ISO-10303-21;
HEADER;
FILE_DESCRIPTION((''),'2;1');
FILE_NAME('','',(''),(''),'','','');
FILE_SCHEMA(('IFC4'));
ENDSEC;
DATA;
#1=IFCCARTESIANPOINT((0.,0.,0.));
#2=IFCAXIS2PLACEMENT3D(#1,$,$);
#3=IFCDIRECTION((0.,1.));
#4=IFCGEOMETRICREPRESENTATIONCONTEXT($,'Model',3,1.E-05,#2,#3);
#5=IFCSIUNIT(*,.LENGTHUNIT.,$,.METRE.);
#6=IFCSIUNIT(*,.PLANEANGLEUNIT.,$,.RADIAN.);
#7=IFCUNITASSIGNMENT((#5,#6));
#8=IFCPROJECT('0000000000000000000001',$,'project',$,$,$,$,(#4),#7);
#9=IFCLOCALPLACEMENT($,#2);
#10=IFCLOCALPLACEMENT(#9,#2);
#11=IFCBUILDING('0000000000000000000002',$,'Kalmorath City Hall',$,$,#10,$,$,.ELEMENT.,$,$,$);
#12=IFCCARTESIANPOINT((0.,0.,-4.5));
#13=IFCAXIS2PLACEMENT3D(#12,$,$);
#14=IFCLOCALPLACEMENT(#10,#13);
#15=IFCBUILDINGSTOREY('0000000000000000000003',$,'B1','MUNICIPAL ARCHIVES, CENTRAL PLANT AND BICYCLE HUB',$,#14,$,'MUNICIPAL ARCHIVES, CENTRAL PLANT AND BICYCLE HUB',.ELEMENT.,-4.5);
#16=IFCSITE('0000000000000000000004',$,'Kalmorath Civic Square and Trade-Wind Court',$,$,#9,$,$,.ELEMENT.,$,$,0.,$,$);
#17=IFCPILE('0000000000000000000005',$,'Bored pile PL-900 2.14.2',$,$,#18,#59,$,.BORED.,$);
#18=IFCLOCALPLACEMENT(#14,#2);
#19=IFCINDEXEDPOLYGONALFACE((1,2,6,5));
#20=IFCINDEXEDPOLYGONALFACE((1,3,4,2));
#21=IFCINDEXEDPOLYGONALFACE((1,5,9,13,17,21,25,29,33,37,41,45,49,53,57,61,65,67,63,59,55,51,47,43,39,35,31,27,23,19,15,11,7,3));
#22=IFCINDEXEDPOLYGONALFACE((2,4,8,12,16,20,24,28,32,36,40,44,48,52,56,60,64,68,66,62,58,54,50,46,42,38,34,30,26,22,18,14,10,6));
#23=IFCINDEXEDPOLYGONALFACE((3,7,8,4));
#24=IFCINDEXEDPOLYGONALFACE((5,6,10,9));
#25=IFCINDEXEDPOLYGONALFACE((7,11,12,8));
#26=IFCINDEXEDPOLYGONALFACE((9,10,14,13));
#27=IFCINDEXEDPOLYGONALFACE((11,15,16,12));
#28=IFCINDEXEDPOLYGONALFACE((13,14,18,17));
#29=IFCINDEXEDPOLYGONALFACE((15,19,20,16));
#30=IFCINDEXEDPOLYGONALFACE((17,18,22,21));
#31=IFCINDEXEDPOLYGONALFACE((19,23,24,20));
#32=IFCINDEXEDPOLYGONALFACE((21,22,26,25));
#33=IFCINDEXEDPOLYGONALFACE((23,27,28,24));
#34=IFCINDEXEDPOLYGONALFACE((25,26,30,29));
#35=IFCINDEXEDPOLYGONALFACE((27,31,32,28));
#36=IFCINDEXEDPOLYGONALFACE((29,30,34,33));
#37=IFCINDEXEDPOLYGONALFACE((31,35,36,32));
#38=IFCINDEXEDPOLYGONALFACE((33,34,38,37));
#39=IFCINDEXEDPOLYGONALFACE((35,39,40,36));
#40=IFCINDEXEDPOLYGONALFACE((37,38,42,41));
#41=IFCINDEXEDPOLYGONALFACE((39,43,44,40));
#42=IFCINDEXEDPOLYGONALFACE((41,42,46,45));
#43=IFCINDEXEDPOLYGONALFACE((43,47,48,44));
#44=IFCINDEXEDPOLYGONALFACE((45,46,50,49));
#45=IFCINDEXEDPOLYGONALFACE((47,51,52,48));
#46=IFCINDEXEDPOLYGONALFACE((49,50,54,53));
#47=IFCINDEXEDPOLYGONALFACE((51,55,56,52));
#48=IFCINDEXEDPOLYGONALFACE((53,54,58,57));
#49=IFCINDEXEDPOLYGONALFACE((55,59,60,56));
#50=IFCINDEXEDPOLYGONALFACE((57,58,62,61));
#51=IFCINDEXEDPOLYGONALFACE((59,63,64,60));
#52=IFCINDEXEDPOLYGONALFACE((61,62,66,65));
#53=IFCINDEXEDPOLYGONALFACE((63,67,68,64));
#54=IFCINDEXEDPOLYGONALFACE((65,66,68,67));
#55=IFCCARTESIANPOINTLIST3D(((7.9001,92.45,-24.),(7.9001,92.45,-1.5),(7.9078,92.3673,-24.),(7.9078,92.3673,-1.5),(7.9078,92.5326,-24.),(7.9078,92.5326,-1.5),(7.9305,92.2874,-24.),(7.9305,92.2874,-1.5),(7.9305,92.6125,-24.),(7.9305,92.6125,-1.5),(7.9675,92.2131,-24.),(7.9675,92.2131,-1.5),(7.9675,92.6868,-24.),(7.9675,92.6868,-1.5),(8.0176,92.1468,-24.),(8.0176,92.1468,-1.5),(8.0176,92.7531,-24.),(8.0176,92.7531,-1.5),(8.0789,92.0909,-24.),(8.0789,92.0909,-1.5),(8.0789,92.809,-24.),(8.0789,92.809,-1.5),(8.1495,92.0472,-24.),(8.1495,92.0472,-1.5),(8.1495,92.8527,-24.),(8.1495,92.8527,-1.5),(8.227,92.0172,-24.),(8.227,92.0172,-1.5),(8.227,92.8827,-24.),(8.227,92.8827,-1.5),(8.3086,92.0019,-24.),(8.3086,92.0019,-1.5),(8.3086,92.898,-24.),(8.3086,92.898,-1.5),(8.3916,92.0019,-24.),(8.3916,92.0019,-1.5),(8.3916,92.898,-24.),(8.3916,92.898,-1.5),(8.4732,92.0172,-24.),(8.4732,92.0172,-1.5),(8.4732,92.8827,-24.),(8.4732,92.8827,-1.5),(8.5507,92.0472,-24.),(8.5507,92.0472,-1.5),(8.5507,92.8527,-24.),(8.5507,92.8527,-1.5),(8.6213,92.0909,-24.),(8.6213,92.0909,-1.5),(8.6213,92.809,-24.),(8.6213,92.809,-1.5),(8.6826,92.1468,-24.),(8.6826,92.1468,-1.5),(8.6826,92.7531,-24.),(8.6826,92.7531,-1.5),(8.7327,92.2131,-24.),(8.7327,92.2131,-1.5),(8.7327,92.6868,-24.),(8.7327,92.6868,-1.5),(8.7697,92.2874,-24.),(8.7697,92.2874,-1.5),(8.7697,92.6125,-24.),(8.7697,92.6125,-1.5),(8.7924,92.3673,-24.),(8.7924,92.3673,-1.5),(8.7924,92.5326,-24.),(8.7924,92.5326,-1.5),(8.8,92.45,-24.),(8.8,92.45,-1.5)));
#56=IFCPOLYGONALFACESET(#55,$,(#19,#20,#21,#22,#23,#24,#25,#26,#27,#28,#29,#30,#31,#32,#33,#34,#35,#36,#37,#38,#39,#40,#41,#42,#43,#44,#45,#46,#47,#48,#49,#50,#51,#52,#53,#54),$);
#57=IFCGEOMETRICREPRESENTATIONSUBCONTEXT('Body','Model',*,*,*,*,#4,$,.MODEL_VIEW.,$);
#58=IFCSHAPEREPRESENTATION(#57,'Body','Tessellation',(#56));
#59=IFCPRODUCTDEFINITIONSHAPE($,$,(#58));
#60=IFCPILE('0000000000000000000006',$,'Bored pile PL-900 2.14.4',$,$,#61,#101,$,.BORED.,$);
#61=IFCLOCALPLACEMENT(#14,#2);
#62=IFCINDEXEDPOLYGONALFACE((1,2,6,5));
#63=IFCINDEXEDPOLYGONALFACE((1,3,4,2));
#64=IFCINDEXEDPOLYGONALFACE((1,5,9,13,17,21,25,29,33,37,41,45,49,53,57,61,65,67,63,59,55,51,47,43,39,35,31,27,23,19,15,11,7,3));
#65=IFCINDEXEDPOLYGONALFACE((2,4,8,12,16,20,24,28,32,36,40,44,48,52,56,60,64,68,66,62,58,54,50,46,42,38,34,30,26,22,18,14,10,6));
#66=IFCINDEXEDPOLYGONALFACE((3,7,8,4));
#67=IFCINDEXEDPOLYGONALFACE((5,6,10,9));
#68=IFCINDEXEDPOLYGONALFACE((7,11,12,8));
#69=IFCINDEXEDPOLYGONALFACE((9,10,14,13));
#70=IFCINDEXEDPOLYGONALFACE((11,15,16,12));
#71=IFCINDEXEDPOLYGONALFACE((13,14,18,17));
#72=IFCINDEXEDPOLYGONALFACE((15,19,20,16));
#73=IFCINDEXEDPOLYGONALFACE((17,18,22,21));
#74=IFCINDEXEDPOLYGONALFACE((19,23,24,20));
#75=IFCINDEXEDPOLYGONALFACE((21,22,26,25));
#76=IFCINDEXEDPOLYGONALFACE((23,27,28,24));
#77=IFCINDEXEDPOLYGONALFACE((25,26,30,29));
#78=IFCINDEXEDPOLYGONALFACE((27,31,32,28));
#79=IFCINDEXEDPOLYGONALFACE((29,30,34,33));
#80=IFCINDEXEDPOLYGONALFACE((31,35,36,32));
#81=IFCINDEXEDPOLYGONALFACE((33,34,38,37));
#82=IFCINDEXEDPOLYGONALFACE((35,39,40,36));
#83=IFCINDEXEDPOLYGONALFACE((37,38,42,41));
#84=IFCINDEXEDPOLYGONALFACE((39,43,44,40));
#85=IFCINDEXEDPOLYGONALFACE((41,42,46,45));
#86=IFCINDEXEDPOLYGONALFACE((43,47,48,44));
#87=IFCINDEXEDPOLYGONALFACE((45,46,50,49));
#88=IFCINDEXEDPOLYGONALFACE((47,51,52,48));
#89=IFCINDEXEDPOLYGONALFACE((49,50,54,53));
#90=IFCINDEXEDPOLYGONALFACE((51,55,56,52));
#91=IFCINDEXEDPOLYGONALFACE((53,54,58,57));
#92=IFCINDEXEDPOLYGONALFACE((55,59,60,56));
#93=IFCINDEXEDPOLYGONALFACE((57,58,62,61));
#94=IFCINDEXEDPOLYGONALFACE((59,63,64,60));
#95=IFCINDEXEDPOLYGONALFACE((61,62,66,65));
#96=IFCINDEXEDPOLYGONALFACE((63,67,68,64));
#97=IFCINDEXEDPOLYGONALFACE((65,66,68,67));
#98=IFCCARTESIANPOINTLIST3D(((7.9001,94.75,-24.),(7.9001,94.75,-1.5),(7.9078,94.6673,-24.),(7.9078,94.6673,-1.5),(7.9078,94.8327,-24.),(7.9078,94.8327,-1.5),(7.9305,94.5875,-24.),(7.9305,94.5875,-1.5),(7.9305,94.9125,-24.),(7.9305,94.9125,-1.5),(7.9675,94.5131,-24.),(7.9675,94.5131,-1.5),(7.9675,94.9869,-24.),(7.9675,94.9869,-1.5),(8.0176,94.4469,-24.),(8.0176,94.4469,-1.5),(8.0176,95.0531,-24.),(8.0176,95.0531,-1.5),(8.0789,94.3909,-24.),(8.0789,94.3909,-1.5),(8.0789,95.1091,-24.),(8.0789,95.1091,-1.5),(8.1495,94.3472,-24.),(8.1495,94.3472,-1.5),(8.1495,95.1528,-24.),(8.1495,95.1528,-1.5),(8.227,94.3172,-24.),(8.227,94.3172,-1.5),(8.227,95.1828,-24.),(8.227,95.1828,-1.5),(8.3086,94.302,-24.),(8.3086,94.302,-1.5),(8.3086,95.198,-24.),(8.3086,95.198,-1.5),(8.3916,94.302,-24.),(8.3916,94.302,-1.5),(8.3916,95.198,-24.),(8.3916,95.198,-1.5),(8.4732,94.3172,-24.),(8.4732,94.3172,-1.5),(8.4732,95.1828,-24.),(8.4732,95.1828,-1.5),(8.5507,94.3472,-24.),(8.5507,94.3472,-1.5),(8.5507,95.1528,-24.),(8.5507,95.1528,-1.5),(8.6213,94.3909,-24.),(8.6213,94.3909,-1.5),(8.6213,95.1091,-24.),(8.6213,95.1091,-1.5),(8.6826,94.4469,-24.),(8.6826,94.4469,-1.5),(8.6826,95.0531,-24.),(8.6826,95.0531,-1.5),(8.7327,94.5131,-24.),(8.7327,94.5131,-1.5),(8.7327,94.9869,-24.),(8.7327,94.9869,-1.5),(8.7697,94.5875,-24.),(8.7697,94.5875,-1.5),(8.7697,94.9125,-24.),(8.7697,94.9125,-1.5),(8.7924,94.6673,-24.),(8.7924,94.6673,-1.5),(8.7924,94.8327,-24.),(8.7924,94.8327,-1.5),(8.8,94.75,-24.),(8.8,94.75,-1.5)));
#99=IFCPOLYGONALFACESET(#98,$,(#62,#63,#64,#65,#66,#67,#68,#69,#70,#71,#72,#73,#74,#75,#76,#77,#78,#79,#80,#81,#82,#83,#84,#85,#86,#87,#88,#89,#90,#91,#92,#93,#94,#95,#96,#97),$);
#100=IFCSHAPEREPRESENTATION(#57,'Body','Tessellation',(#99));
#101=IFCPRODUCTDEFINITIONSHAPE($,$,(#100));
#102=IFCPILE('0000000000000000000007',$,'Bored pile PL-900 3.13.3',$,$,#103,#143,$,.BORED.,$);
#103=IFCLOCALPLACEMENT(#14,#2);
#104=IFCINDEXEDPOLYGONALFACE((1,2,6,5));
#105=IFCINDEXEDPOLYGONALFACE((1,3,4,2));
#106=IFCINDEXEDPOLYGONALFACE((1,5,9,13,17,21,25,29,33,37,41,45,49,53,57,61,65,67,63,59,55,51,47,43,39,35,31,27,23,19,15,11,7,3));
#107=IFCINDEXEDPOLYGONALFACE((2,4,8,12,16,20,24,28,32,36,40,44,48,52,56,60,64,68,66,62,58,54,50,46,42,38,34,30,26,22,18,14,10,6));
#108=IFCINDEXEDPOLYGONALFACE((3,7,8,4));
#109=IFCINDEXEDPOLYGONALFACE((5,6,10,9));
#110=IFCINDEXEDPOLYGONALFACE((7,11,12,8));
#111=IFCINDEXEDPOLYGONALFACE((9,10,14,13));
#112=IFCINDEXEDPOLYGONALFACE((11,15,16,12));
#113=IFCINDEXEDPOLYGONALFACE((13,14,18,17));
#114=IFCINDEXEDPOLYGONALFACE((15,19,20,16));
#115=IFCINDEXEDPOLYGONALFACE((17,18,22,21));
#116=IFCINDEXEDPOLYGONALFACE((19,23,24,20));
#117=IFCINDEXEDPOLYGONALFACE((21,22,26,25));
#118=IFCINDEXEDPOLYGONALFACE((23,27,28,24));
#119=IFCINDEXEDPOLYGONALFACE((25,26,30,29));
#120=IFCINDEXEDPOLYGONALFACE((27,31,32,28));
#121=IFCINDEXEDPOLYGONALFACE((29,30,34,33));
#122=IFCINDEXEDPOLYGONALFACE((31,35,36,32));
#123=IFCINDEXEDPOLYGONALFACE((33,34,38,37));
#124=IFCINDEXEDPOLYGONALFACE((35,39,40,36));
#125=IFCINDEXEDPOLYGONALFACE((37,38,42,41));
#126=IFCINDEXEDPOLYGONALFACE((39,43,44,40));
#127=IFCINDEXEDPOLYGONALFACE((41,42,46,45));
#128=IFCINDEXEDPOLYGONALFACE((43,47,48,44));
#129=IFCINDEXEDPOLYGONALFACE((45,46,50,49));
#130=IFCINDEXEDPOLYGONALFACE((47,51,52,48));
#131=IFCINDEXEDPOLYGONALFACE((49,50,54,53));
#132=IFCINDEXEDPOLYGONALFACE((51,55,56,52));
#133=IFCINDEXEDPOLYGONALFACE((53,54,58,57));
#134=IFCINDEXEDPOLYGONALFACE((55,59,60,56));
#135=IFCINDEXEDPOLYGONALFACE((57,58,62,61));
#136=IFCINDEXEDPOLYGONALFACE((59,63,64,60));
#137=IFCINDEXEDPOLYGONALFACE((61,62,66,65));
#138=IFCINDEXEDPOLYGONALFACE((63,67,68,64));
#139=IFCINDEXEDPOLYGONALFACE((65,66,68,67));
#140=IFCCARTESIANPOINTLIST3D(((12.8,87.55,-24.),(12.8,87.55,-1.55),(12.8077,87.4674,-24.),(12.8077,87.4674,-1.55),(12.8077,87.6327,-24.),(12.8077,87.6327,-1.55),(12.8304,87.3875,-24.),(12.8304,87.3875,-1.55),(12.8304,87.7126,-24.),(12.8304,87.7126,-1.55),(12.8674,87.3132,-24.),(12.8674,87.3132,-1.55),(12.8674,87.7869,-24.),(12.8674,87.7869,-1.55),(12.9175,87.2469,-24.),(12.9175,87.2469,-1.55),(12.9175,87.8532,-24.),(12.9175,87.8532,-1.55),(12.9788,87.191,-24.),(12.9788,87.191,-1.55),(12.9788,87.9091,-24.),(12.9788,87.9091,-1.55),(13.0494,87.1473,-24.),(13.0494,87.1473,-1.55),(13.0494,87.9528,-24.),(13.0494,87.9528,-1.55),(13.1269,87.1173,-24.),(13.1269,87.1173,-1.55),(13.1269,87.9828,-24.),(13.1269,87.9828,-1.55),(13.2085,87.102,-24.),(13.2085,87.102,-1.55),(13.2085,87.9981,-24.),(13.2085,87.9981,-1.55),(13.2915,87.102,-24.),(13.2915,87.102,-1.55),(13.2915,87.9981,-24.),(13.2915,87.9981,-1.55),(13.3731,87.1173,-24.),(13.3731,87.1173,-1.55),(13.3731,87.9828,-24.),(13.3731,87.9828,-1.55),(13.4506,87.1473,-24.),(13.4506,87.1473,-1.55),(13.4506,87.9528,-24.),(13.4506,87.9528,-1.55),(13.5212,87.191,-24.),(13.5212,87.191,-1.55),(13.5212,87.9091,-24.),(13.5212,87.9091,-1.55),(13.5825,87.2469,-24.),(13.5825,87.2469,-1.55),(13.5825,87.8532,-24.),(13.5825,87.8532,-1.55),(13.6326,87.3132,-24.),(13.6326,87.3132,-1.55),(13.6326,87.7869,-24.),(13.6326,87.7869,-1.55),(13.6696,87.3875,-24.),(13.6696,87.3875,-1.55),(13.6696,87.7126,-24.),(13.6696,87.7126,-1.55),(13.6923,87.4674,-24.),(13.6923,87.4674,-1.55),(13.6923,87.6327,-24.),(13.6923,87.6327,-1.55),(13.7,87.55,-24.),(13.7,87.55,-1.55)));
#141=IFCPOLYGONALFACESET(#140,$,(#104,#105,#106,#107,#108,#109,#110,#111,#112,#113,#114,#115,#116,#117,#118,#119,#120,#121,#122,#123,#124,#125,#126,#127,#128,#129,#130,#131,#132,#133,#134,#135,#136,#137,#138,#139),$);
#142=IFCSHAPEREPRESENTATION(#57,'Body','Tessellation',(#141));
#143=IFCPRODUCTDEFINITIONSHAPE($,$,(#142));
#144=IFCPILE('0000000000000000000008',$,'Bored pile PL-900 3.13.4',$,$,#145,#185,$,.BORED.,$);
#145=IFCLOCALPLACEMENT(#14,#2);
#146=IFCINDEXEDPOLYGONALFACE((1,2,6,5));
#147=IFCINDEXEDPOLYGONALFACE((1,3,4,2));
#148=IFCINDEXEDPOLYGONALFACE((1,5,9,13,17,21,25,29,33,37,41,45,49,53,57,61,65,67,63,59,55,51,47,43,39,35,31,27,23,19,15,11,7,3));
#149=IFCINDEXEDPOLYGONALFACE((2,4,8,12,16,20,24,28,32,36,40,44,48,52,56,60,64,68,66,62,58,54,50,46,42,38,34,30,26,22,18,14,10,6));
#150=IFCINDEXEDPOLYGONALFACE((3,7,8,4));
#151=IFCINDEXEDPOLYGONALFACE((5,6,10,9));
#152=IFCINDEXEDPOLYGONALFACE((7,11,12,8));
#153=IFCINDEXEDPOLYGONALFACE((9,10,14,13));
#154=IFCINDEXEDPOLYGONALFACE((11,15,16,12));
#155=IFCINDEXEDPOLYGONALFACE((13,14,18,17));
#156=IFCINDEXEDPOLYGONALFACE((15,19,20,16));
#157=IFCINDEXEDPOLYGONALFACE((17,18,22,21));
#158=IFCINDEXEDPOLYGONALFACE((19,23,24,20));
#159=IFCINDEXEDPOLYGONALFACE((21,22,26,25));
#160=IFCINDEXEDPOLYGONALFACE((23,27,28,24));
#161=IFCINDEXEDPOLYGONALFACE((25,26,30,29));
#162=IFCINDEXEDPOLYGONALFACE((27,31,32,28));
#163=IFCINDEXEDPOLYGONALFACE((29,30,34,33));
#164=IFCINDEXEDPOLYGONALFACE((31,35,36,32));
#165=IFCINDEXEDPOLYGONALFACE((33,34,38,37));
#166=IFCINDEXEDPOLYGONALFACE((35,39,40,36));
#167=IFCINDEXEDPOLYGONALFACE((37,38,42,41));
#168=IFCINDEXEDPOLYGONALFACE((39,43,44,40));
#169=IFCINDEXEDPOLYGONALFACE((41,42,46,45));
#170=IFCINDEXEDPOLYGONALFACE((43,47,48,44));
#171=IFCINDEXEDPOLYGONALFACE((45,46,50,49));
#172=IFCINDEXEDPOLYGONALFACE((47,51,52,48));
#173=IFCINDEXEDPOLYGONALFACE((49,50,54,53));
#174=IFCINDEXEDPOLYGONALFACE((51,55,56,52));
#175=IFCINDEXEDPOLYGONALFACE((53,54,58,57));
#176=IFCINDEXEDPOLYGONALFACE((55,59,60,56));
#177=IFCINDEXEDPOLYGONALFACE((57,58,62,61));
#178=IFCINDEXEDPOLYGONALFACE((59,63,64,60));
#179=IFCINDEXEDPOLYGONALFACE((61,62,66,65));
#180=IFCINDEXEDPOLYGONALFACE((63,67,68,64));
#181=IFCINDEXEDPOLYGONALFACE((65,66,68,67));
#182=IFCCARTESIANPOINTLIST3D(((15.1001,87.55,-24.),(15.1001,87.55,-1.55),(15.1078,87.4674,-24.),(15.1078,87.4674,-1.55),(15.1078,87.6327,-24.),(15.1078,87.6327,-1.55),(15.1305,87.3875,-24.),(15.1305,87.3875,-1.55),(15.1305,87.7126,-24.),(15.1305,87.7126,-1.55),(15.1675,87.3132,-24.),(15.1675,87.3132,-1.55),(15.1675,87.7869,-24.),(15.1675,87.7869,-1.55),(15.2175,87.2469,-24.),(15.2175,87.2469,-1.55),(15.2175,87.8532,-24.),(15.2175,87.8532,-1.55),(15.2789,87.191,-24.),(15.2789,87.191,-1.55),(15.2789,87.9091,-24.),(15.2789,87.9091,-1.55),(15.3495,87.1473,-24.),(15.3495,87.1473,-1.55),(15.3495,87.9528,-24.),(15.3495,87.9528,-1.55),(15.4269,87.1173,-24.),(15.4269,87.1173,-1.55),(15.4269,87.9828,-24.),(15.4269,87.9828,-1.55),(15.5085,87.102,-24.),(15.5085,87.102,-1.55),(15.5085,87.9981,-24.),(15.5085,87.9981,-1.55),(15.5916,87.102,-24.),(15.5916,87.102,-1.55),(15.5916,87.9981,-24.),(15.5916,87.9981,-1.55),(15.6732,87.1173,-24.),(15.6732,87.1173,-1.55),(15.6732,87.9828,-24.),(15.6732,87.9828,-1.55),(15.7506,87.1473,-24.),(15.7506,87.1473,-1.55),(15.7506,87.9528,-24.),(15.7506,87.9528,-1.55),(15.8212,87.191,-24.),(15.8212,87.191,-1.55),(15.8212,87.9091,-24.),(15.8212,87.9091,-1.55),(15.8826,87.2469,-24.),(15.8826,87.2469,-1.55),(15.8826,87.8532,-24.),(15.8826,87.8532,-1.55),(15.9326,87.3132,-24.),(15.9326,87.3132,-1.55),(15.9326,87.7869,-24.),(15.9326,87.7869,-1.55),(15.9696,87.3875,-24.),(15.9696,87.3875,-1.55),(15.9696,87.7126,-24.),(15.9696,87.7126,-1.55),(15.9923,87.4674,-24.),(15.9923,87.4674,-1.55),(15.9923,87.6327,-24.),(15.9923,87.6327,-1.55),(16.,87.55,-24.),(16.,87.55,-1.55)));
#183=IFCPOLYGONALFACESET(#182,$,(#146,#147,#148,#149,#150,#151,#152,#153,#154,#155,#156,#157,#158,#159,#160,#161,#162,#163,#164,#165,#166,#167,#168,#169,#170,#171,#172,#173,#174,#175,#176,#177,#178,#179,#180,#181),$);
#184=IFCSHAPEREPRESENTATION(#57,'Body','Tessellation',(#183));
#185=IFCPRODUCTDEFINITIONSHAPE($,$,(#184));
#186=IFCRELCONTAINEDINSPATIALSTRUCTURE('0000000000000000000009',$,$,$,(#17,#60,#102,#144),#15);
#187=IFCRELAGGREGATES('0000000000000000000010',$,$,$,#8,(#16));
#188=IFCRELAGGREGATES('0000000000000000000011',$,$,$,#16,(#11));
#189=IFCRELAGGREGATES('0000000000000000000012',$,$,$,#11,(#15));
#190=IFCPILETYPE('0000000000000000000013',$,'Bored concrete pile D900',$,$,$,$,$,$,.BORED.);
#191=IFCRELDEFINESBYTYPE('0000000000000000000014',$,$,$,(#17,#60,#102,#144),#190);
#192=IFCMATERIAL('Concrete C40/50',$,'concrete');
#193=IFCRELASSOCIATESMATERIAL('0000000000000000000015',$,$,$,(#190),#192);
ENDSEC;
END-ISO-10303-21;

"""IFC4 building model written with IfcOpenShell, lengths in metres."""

from ifc_helpers import new_model, si_unit, direction, frame, origin, origin_2d, place, context, subcontext, project, spatial, circle, extrude, material, material_profile, profile_set, type_object, element, save


model = new_model("IFC4")

# Units and contexts
model_context = context("Model", 3, precision=1e-05, world=origin(), true_north=direction((0.0, 1.0)))
body_context = subcontext(model_context, "Body", "Model", "MODEL_VIEW")
ifc_project = project(units=[si_unit("LENGTHUNIT", "METRE"), si_unit("PLANEANGLEUNIT", "RADIAN")], contexts=[model_context])

# Site, building, storey
site_placement = place(None, origin())
site = spatial("IfcSite", under=ifc_project, at=site_placement, Name="Kalmorath Civic Square and Trade-Wind Court", CompositionType="ELEMENT", RefElevation=0.0)
building_placement = place(site_placement, origin())
building = spatial("IfcBuilding", under=site, at=building_placement, Name="Kalmorath City Hall", CompositionType="ELEMENT")
storey_placement = place(building_placement, frame((0.0, 0.0, -4.5)))
storey = spatial("IfcBuildingStorey", under=building, at=storey_placement, Name="B1", Description="MUNICIPAL ARCHIVES, CENTRAL PLANT AND BICYCLE HUB", LongName="MUNICIPAL ARCHIVES, CENTRAL PLANT AND BICYCLE HUB", CompositionType="ELEMENT", Elevation=-4.5)

# Piles
ifc_material_1 = material(Name="Concrete C40/50", Category="concrete")
ifc_material_profile_1 = material_profile(ifc_material_1, circle(Radius=0.45, at=origin_2d()), Name="PILE-D900")
ifc_profile_set_1 = profile_set([ifc_material_profile_1], Name="Concrete C40/50")
pile_type = type_object("IfcPileType", Name="Bored concrete pile D900", PredefinedType="BORED", material=ifc_profile_set_1)
for number, where, z_axis, x_axis, name in (
    (1, (8.3501, 92.45, -1.5), (0.0, 0.0, -1.0), (1.0, 0.0, 0.0), "Bored pile PL-900 2.14.2"),
    (2, (8.3501, 94.75, -1.5), (0.0, 0.0, -1.0), (1.0, 0.0, 0.0), "Bored pile PL-900 2.14.4"),
):
    element("IfcPile", number, at=place(storey_placement, frame(where, z_axis=z_axis, x_axis=x_axis)), inside=storey, type_object=pile_type, Name=name, PredefinedType="BORED", context=body_context, shape_type="SweptSolid", body=[
        extrude(circle(Radius=0.45, at=origin_2d()), origin(), (0.0, 0.0, 1.0), 22.5),
    ])
for number, where, z_axis, x_axis, name in (
    (3, (13.25, 87.55, -1.55), (0.0, 0.0, -1.0), (1.0, 0.0, 0.0), "Bored pile PL-900 3.13.3"),
    (4, (15.55, 87.55, -1.55), (0.0, 0.0, -1.0), (1.0, 0.0, 0.0), "Bored pile PL-900 3.13.4"),
):
    element("IfcPile", number, at=place(storey_placement, frame(where, z_axis=z_axis, x_axis=x_axis)), inside=storey, type_object=pile_type, Name=name, PredefinedType="BORED", context=body_context, shape_type="SweptSolid", body=[
        extrude(circle(Radius=0.45, at=origin_2d()), origin(), (0.0, 0.0, 1.0), 22.45),
    ])

save(model, "model.ifc")
